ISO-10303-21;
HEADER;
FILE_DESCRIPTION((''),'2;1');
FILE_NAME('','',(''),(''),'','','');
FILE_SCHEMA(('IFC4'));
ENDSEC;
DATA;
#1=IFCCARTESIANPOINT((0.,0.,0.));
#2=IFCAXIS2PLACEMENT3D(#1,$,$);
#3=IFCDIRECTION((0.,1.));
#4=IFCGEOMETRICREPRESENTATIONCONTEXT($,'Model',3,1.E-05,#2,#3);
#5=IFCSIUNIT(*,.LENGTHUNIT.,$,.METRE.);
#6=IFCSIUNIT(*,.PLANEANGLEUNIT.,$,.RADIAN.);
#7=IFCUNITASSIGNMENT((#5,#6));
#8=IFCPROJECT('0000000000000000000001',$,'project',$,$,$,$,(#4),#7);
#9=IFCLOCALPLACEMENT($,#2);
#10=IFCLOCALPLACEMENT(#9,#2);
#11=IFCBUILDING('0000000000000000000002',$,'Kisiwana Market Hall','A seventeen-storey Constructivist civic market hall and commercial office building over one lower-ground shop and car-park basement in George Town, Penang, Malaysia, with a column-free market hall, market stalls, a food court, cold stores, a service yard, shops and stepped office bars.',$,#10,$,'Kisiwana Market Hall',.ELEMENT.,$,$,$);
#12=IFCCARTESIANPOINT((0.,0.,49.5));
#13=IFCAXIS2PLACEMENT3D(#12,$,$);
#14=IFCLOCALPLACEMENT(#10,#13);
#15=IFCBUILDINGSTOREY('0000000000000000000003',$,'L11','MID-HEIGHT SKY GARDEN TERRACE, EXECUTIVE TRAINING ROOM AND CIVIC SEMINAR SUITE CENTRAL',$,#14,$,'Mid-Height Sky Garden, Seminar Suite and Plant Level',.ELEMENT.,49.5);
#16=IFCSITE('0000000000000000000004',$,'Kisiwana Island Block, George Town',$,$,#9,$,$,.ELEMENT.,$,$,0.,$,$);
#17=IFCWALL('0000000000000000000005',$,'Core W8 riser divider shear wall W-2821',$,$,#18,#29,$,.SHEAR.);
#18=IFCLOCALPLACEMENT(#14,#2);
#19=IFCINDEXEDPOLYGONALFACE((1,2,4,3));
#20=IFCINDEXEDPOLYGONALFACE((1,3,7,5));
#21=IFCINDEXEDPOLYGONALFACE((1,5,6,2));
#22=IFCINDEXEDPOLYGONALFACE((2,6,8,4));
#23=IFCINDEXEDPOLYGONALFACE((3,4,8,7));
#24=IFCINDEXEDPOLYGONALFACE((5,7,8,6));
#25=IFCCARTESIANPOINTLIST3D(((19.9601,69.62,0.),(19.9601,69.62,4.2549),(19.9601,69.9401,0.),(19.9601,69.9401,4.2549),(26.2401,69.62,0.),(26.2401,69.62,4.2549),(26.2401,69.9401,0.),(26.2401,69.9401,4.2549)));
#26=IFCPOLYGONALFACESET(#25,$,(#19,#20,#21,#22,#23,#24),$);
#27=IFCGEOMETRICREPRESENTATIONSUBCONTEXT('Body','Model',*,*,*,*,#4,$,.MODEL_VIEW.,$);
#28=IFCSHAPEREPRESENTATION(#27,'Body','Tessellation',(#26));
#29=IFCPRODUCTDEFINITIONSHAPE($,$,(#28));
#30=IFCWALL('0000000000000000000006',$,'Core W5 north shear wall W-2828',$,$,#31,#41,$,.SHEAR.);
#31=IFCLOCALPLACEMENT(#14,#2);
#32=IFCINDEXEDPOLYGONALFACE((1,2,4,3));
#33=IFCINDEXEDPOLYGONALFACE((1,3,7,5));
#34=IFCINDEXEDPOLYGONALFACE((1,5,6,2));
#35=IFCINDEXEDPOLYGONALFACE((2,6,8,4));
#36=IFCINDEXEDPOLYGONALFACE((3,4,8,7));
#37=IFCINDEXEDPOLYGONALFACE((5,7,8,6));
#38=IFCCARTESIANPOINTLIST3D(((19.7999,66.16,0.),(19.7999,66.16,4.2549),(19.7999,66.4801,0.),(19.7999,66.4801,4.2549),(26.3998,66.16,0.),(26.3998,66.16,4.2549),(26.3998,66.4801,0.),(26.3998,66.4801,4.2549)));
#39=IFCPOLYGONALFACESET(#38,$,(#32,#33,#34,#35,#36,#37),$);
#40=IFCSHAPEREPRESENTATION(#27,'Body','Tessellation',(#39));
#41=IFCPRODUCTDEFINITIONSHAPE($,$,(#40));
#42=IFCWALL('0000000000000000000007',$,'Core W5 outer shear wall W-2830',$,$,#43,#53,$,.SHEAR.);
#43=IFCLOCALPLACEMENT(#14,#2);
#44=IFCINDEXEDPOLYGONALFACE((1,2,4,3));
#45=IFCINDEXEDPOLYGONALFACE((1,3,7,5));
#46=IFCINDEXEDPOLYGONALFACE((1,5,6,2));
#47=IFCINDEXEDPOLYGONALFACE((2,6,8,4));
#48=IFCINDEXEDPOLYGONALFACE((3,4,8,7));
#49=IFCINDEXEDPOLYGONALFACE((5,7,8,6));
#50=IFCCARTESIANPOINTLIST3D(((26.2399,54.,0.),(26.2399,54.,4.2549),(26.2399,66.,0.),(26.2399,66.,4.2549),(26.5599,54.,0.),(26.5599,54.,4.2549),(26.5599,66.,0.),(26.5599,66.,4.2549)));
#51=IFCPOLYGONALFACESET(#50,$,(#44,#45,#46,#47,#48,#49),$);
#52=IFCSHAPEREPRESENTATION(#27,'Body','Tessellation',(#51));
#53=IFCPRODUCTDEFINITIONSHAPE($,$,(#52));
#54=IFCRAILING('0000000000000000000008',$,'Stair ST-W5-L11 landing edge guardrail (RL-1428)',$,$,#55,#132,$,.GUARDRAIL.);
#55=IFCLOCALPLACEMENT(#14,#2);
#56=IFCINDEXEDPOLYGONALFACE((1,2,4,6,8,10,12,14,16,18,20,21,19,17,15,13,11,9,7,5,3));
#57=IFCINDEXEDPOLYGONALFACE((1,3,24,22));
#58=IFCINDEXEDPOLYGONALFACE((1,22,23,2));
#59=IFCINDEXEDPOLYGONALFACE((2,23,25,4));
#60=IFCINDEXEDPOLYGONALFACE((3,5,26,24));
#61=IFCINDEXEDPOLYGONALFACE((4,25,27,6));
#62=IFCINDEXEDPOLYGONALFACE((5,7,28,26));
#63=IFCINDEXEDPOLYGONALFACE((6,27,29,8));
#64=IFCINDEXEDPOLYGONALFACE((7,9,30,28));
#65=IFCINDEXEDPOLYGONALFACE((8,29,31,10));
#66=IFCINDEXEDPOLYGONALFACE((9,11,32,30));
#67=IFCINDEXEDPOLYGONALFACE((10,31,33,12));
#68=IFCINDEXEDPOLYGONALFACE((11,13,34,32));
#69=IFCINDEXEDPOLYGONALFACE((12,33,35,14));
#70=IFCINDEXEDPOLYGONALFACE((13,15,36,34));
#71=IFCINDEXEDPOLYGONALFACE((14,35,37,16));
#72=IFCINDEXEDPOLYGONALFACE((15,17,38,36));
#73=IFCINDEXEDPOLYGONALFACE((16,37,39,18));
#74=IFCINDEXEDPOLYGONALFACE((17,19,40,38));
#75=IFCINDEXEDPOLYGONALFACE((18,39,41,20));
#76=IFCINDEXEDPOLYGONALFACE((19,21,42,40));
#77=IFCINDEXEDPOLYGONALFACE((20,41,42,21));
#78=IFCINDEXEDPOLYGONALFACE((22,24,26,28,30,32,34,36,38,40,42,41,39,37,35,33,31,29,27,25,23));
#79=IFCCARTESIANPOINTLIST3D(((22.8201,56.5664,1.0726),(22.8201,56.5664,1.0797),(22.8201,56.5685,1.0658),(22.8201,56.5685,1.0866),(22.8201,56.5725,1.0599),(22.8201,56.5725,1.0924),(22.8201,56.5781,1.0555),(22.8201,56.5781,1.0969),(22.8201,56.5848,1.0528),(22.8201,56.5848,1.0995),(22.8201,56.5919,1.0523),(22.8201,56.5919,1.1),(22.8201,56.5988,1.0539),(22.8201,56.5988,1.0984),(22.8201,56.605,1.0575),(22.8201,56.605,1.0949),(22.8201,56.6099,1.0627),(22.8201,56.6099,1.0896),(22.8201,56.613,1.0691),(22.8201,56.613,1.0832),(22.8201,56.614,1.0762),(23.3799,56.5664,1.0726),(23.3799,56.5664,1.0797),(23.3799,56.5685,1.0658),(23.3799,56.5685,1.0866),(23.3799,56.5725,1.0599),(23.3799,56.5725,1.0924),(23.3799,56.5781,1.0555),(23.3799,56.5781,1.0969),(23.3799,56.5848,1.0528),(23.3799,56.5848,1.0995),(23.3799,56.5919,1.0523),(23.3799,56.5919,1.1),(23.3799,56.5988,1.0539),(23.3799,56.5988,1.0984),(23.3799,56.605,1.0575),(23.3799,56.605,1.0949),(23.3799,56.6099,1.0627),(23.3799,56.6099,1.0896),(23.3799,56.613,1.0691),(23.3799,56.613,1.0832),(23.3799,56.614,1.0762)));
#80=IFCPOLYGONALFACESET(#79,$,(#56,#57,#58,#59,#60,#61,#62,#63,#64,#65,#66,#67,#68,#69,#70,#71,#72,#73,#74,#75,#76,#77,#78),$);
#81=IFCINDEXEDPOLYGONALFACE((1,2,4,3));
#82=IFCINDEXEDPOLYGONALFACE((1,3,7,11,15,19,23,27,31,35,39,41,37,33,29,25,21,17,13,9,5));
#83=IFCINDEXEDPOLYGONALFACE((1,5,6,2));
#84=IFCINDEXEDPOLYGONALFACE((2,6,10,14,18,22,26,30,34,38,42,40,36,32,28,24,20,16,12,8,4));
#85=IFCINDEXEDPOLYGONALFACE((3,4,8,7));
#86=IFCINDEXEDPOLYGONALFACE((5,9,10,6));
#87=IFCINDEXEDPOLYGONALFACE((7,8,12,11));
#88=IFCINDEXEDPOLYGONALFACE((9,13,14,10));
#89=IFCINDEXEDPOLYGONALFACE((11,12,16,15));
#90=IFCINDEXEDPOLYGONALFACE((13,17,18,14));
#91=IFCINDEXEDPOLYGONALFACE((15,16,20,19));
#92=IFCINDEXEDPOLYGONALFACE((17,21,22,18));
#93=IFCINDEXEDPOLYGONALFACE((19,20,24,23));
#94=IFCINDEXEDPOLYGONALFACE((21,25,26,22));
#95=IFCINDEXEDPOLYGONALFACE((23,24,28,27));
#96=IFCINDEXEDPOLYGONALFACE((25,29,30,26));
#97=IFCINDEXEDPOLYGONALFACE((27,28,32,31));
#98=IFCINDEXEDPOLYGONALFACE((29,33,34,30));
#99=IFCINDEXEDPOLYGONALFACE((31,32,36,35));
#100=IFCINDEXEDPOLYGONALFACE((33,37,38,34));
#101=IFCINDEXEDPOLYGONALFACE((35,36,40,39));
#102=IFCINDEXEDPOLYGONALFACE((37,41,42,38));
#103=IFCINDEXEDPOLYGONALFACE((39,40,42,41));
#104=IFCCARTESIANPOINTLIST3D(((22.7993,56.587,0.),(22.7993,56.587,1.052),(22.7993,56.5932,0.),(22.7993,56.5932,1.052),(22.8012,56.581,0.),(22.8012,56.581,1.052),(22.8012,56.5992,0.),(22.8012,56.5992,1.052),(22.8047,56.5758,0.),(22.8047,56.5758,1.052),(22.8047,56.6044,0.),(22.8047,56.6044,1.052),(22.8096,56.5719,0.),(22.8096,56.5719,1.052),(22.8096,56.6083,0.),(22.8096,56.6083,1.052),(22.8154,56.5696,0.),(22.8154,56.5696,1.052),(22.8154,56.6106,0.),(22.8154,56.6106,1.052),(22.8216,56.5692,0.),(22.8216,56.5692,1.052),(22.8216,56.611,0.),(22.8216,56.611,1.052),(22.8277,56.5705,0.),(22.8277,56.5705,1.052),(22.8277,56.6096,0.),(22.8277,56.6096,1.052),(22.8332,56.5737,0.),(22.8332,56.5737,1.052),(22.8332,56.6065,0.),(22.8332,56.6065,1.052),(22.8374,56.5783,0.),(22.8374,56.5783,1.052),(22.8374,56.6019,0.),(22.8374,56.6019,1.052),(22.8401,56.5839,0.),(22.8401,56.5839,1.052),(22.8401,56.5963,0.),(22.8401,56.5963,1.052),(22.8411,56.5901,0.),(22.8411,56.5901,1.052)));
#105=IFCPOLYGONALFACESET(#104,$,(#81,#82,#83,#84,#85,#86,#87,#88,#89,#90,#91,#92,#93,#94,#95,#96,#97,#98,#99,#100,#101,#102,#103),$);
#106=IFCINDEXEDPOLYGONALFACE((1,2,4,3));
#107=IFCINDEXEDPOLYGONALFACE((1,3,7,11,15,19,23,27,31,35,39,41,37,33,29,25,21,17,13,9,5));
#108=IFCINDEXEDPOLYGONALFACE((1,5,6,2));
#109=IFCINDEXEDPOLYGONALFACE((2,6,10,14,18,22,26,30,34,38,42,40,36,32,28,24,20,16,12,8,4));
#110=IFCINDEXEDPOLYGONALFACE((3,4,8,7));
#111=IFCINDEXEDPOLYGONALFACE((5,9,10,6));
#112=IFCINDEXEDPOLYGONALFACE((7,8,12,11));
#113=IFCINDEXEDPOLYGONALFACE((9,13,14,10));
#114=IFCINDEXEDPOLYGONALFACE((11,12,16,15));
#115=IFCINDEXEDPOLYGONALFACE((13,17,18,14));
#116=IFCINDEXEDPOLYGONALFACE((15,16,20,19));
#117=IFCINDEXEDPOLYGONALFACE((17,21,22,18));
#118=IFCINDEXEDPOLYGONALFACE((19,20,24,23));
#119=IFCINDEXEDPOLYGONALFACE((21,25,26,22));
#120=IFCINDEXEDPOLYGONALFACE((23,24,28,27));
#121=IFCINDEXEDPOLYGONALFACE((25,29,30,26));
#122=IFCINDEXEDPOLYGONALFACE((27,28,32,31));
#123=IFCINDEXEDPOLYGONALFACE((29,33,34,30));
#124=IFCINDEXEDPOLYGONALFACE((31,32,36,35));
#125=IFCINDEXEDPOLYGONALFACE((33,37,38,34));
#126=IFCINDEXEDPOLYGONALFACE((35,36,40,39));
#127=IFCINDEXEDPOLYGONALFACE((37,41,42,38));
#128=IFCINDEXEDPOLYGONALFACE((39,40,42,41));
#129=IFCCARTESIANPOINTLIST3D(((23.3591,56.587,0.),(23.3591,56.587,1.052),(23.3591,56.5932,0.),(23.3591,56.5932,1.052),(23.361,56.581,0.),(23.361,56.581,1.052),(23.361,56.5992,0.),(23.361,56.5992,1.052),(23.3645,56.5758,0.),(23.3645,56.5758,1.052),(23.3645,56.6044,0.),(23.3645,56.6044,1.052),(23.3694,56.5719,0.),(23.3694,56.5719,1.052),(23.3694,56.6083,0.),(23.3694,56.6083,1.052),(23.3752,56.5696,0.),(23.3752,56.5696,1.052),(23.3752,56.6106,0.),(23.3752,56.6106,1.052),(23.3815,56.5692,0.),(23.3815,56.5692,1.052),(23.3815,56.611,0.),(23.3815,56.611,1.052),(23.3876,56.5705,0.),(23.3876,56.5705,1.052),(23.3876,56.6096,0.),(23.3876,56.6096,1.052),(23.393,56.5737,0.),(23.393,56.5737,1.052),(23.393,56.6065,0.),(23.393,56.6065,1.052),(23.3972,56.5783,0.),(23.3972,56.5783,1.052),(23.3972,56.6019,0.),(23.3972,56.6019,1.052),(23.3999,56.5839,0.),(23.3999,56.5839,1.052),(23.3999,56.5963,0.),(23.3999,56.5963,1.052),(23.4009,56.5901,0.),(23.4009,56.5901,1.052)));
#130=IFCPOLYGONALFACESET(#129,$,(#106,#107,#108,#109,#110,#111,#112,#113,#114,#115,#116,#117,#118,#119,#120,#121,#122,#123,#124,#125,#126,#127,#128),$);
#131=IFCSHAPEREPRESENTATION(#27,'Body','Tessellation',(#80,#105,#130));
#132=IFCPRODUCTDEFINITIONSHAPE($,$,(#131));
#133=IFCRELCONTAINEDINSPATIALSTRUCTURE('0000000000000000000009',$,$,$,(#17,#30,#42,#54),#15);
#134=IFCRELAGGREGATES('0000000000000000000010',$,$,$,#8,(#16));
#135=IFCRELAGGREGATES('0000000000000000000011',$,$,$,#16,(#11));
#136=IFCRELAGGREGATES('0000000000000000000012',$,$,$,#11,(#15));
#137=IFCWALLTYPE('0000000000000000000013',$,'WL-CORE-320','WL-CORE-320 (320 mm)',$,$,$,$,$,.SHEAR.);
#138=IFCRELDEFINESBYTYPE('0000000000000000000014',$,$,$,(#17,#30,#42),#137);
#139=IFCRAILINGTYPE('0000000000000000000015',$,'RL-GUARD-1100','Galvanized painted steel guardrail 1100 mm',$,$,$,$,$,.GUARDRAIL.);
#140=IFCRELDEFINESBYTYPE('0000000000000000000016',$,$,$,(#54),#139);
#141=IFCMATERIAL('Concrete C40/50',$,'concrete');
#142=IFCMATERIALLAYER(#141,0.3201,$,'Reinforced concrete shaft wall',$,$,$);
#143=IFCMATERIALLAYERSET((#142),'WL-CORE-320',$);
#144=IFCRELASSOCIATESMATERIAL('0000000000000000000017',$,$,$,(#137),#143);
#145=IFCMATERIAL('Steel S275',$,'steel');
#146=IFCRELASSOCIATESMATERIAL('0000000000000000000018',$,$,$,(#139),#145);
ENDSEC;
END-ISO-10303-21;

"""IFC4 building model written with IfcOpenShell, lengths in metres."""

from ifc_helpers import new_model, si_unit, direction, frame, frame_2d, origin, origin_2d, place, context, subcontext, project, spatial, rectangle, circle, extrude, material, layer, layer_set, type_object, element, save


model = new_model("IFC4")

# Units and contexts
model_context = context("Model", 3, precision=1e-05, world=origin(), true_north=direction((0.0, 1.0)))
body_context = subcontext(model_context, "Body", "Model", "MODEL_VIEW")
ifc_project = project(units=[si_unit("LENGTHUNIT", "METRE"), si_unit("PLANEANGLEUNIT", "RADIAN")], contexts=[model_context])

# Site, building, storey
site_placement = place(None, origin())
site = spatial("IfcSite", under=ifc_project, at=site_placement, Name="Kisiwana Island Block, George Town", CompositionType="ELEMENT", RefElevation=0.0)
building_placement = place(site_placement, origin())
building = spatial("IfcBuilding", under=site, at=building_placement, Name="Kisiwana Market Hall", Description="A seventeen-storey Constructivist civic market hall and commercial office building over one lower-ground shop and car-park basement in George Town, Penang, Malaysia, with a column-free market hall, market stalls, a food court, cold stores, a service yard, shops and stepped office bars.", LongName="Kisiwana Market Hall", CompositionType="ELEMENT")
storey_placement = place(building_placement, frame((0.0, 0.0, 49.5)))
storey = spatial("IfcBuildingStorey", under=building, at=storey_placement, Name="L11", Description="MID-HEIGHT SKY GARDEN TERRACE, EXECUTIVE TRAINING ROOM AND CIVIC SEMINAR SUITE CENTRAL", LongName="Mid-Height Sky Garden, Seminar Suite and Plant Level", CompositionType="ELEMENT", Elevation=49.5)

# Shared definitions
ifc_material_1 = material(Name="Concrete C40/50", Category="concrete")
ifc_layer_1 = layer(ifc_material_1, 0.3201, Name="Reinforced concrete shaft wall")
ifc_layer_set_1 = layer_set([ifc_layer_1], Name="WL-CORE-320")
wall_type_1 = type_object("IfcWallType", Name="WL-CORE-320", Description="WL-CORE-320 (320 mm)", PredefinedType="SHEAR", material=ifc_layer_set_1)

# Walls
wall_1_placement = place(storey_placement, frame((19.96, 69.78, 0.0), z_axis=(0.0, 0.0, 1.0), x_axis=(1.0, 0.0, 0.0)))
element("IfcWall", 1, at=wall_1_placement, inside=storey, type_object=wall_type_1, Name="Core W8 riser divider shear wall W-2821", PredefinedType="SHEAR", context=body_context, shape_type="SweptSolid", body=[
    extrude(rectangle(XDim=6.28, YDim=0.3201, at=frame_2d((3.1401, 0.0))), origin(), (0.0, 0.0, 1.0), 4.2549),
])
wall_2_placement = place(storey_placement, frame((19.8, 66.3201, 0.0), z_axis=(0.0, 0.0, 1.0), x_axis=(1.0, 0.0, 0.0)))
element("IfcWall", 2, at=wall_2_placement, inside=storey, type_object=wall_type_1, Name="Core W5 north shear wall W-2828", PredefinedType="SHEAR", context=body_context, shape_type="SweptSolid", body=[
    extrude(rectangle(XDim=6.5999, YDim=0.3201, at=frame_2d((3.2998, 0.0))), origin(), (0.0, 0.0, 1.0), 4.2549),
])
wall_3_placement = place(storey_placement, frame((26.3999, 54.0, 0.0), z_axis=(0.0, 0.0, 1.0), x_axis=(0.0, 1.0, 0.0)))
element("IfcWall", 3, at=wall_3_placement, inside=storey, type_object=wall_type_1, Name="Core W5 outer shear wall W-2830", PredefinedType="SHEAR", context=body_context, shape_type="SweptSolid", body=[
    extrude(rectangle(XDim=12.0, YDim=0.3201, at=frame_2d((6.0, 0.0))), origin(), (0.0, 0.0, 1.0), 4.2549),
])

# Railing
ifc_material_2 = material(Name="Steel S275", Category="steel")
railing_type_1 = type_object("IfcRailingType", Name="RL-GUARD-1100", Description="Galvanized painted steel guardrail 1100 mm", PredefinedType="GUARDRAIL", material=ifc_material_2)
railing_1_placement = place(storey_placement, frame((22.8201, 56.5901, 0.0)))
element("IfcRailing", 4, at=railing_1_placement, inside=storey, type_object=railing_type_1, Name="Stair ST-W5-L11 landing edge guardrail (RL-1428)", PredefinedType="GUARDRAIL", context=body_context, shape_type="SweptSolid", body=[
    extrude(circle(Radius=0.0239, at=origin_2d()), frame((0.0, 0.0, 1.0762), z_axis=(1.0, 0.0, 0.0), x_axis=(0.0, 1.0, 0.0)), (0.0, 0.0, 1.0), 0.5598),
    extrude(circle(Radius=0.021, at=origin_2d()), origin(), (0.0, 0.0, 1.0), 1.052),
    extrude(circle(Radius=0.021, at=origin_2d()), frame((0.5598, 0.0, 0.0)), (0.0, 0.0, 1.0), 1.052),
])

save(model, "model.ifc")
